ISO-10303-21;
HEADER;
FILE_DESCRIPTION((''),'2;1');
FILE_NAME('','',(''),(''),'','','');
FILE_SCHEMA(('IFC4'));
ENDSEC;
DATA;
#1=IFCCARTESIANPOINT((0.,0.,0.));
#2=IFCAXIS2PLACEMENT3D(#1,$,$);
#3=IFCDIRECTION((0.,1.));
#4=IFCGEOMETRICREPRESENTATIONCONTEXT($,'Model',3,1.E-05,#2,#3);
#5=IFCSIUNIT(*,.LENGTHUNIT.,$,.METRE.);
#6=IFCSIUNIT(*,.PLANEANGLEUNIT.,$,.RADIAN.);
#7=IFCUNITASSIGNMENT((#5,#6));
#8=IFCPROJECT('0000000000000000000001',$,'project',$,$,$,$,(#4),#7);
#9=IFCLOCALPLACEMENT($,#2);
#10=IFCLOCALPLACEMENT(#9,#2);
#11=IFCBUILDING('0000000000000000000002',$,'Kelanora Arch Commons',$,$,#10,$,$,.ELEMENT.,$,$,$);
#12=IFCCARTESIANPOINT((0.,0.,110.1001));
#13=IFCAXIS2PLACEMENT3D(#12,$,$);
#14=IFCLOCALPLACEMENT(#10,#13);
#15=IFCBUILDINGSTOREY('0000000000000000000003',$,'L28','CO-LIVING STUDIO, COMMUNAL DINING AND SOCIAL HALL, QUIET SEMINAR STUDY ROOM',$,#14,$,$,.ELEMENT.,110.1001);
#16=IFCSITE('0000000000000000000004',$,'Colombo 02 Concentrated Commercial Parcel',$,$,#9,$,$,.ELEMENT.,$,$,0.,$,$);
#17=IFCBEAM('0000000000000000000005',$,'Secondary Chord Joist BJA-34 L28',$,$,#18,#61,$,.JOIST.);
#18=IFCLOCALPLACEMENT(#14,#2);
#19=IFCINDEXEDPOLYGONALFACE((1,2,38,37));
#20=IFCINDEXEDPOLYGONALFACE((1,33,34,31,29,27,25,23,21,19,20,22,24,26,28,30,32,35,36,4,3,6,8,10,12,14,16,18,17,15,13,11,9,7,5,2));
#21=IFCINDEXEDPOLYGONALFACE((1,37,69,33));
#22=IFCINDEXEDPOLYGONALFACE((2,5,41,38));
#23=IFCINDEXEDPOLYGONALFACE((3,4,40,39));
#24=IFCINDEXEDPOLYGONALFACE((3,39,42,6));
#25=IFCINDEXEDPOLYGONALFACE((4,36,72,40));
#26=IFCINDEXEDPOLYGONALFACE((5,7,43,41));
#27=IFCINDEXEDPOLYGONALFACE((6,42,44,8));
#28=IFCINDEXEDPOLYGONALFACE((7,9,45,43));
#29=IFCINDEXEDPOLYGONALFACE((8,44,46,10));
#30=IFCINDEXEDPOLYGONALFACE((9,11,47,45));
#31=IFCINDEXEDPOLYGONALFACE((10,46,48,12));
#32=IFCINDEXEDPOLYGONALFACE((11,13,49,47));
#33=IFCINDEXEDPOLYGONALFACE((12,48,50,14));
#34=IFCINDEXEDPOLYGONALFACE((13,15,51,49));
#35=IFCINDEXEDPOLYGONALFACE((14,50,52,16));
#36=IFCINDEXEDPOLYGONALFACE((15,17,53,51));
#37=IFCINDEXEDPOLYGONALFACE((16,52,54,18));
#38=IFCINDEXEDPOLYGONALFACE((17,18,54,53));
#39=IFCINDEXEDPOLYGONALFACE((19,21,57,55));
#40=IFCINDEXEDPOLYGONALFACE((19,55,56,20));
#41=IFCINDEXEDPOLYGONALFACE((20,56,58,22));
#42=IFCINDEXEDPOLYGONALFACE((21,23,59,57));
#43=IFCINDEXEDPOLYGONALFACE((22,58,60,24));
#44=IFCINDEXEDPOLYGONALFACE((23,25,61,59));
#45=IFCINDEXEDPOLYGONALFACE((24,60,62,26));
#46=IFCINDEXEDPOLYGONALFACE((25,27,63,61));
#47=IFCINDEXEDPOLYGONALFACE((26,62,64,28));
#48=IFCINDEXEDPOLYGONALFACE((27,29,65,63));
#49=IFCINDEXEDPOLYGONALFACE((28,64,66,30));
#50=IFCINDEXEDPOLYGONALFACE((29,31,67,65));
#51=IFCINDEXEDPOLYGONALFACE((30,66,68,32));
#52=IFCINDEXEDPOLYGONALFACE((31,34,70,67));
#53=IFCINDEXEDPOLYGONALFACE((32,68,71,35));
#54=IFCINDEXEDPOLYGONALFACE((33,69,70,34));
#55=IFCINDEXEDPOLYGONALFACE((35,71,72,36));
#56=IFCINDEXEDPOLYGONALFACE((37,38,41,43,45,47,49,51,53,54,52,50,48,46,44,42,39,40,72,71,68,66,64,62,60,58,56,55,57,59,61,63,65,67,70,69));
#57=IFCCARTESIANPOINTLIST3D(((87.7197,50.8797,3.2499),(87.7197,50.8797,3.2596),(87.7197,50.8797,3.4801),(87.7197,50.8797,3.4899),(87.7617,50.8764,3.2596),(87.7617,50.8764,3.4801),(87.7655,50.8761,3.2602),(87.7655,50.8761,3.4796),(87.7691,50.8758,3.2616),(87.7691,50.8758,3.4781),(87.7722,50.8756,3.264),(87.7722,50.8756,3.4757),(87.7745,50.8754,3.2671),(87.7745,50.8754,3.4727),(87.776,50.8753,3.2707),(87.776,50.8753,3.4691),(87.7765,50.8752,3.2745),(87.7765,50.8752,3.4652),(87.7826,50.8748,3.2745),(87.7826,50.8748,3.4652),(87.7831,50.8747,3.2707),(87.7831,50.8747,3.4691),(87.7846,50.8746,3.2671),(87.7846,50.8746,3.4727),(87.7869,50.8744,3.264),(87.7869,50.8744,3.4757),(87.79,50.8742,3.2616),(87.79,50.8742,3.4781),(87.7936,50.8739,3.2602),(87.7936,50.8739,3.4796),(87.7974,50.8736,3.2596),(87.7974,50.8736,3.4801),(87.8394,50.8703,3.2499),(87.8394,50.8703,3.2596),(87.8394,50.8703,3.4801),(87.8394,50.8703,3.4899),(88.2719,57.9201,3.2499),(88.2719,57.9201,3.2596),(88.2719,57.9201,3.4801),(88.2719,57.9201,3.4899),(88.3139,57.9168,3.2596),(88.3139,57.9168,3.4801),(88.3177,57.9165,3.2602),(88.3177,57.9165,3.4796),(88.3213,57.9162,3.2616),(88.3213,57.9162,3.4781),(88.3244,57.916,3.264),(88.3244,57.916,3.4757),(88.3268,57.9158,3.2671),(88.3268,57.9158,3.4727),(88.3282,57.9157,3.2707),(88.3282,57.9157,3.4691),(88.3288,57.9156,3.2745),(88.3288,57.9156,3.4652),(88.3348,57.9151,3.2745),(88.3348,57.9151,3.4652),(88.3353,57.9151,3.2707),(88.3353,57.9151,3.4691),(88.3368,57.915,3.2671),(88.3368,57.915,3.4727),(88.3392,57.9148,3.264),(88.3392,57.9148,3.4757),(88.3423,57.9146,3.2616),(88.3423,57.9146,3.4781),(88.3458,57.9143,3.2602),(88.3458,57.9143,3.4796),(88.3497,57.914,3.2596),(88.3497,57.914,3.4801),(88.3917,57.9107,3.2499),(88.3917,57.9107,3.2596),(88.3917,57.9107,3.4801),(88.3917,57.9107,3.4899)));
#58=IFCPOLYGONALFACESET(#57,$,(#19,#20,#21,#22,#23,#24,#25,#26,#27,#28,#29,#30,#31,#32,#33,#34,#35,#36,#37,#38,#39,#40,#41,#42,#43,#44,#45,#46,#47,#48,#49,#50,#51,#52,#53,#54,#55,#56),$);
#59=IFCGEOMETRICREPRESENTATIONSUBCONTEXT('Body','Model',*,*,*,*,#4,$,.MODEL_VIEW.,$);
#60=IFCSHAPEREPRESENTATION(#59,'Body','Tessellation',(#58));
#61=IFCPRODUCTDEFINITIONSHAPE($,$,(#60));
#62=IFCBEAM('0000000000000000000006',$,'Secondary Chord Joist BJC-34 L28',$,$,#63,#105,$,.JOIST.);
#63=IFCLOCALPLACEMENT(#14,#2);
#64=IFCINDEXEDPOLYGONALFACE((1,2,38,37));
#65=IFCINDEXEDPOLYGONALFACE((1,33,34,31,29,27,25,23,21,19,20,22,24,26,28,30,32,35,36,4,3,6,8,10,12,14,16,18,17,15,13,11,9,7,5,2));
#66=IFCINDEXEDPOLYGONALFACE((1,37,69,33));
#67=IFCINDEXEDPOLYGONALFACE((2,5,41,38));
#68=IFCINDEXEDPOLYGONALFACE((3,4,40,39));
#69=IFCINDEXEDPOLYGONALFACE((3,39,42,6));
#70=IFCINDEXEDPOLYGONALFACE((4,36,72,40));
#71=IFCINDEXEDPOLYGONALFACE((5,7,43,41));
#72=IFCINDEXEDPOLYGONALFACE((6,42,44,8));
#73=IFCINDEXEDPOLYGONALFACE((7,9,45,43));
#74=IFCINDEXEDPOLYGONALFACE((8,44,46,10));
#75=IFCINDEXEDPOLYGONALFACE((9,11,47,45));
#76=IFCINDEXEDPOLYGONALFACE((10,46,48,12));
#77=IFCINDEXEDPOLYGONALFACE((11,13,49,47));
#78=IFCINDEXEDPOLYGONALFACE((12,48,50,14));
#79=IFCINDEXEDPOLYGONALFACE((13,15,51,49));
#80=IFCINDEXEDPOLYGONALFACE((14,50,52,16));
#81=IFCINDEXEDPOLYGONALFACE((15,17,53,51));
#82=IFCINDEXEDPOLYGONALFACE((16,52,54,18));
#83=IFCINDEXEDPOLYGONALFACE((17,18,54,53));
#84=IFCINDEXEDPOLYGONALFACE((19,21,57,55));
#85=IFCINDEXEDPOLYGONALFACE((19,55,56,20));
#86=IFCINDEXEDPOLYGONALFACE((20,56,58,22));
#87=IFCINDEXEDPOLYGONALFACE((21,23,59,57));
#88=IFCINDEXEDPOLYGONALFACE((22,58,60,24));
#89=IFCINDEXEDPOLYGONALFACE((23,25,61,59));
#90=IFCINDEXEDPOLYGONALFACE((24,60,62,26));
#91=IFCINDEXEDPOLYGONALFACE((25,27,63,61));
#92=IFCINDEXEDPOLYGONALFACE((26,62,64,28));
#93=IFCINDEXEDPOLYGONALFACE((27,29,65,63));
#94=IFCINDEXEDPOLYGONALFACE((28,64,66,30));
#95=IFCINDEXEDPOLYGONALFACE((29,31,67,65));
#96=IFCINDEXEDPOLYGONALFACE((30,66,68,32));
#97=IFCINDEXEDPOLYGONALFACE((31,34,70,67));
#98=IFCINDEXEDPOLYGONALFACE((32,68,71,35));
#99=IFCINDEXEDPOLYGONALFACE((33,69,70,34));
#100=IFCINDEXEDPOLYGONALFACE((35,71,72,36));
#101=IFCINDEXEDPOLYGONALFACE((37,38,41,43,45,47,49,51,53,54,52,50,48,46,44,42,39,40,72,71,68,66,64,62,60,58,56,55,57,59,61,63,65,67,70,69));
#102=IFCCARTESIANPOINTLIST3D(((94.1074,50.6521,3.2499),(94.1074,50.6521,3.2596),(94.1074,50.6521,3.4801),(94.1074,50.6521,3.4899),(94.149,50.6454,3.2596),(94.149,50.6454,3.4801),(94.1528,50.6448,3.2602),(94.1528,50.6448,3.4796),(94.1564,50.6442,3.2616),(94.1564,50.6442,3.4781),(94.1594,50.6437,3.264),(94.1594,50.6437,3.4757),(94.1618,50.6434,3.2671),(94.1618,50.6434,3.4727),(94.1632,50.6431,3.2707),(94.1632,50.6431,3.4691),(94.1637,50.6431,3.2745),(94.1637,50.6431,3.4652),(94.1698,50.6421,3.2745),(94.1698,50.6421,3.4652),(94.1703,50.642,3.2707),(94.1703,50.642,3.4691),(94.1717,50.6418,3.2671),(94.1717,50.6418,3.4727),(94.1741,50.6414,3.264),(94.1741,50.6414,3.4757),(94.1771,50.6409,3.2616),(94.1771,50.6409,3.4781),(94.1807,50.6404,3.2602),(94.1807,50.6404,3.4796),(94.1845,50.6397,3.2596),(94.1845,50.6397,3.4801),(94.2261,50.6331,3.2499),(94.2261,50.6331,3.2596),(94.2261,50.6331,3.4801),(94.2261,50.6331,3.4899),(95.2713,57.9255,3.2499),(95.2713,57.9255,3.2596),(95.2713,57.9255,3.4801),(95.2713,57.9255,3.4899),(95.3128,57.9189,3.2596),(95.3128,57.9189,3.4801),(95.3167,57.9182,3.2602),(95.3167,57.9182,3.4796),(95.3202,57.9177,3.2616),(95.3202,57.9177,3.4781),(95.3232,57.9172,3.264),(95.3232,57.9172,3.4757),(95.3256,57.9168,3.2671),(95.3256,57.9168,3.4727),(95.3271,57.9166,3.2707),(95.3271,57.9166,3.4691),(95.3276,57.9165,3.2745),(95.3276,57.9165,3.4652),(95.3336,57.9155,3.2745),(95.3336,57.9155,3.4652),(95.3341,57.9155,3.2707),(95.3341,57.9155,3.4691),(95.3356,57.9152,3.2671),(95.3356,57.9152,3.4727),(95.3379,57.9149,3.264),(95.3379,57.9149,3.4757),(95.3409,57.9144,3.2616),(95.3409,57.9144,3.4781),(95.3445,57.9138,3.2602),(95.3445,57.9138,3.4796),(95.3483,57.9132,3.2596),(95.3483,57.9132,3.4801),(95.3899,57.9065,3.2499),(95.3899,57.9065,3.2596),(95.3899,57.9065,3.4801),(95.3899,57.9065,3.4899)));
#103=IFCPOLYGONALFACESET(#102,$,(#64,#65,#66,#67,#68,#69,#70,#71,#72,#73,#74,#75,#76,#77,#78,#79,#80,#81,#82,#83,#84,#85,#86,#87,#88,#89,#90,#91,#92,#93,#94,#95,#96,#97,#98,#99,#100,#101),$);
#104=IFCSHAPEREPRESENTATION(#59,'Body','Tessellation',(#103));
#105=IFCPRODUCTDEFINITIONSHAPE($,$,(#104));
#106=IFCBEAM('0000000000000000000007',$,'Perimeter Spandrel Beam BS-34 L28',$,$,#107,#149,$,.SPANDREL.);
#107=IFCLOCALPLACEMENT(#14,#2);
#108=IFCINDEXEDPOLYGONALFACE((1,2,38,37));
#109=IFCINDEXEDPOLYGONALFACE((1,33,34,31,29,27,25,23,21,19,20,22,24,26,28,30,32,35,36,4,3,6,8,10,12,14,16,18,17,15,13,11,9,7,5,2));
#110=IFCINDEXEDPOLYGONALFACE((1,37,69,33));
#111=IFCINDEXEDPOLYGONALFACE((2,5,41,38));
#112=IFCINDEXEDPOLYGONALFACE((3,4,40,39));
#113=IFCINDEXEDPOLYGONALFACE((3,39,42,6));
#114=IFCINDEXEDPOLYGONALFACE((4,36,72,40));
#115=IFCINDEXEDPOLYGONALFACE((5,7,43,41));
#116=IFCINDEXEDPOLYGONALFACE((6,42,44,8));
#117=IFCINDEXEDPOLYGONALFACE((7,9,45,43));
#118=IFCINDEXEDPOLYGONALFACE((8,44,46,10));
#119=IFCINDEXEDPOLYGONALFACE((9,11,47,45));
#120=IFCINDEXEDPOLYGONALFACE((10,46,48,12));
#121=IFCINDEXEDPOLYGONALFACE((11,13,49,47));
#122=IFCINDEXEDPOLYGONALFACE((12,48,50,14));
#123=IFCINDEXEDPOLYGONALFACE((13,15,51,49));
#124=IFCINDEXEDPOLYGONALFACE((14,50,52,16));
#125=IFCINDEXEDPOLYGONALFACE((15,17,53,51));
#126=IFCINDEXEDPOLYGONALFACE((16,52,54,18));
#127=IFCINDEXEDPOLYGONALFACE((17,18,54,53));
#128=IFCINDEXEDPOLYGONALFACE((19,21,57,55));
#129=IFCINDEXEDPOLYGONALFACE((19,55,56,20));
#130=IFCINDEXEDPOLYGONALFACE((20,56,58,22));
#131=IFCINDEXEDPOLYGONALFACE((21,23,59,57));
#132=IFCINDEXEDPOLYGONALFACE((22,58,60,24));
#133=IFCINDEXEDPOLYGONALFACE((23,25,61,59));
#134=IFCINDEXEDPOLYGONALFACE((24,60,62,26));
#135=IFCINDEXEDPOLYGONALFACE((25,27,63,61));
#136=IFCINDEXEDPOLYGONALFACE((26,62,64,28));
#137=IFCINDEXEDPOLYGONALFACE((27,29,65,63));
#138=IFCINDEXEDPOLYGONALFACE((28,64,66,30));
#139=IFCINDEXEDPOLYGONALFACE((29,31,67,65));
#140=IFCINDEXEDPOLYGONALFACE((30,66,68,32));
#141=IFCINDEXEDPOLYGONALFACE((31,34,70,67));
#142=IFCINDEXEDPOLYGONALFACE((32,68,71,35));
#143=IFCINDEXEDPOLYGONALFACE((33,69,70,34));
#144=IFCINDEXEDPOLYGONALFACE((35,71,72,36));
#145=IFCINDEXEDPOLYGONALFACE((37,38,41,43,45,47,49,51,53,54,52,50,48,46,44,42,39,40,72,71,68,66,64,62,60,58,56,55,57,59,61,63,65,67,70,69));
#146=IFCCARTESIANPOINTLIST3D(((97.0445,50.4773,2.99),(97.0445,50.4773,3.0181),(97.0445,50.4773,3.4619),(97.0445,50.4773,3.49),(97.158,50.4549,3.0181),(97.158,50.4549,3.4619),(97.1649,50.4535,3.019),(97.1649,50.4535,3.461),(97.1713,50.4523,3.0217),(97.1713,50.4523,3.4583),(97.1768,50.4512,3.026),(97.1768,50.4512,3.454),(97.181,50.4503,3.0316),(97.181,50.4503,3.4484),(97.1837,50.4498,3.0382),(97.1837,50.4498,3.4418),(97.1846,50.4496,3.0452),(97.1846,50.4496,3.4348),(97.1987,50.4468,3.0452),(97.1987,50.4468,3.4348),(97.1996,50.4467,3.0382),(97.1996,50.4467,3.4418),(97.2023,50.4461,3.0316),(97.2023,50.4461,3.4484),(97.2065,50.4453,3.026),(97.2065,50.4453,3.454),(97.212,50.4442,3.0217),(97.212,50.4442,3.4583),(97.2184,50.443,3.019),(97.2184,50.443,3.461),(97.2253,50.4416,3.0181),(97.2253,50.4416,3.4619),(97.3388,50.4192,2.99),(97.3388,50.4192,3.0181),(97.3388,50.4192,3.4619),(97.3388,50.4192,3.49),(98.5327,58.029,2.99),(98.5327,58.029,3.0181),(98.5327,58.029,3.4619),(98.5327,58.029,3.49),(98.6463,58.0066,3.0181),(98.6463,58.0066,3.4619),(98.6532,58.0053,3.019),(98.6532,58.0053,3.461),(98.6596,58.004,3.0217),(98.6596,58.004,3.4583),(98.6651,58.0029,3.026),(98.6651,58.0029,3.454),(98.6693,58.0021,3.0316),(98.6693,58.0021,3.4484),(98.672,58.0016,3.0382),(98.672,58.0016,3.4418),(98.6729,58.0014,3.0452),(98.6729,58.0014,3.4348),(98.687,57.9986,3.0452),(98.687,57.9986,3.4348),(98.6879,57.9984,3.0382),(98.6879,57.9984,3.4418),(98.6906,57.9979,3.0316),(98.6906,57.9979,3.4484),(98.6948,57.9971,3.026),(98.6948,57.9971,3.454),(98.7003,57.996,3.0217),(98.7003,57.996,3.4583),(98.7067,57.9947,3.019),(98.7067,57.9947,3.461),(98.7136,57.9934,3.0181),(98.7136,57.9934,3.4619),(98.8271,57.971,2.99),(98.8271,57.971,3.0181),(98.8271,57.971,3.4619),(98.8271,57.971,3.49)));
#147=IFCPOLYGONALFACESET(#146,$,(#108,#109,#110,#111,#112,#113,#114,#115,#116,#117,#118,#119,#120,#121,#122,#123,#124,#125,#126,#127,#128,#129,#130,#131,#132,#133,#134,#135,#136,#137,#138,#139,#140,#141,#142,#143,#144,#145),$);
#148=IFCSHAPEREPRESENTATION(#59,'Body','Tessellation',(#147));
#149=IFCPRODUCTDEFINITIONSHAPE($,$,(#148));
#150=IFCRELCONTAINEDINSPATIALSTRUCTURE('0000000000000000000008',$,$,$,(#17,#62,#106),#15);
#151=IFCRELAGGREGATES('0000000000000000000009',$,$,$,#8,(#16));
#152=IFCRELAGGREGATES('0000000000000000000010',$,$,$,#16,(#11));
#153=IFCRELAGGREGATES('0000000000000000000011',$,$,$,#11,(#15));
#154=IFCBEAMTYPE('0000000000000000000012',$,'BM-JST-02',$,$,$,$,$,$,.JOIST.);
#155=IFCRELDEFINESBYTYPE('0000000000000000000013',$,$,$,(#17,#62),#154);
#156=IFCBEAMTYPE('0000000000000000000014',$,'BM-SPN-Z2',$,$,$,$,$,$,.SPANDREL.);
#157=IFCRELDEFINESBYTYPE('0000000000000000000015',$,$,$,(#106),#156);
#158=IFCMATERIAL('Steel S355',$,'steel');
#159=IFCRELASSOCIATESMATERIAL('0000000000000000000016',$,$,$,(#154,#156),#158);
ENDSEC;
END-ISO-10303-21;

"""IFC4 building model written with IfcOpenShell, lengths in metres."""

from ifc_helpers import new_model, si_unit, direction, frame, origin, origin_2d, place, context, subcontext, project, spatial, i_section, extrude, material, material_profile, profile_set, type_object, element, save


model = new_model("IFC4")

# Units and contexts
model_context = context("Model", 3, precision=1e-05, world=origin(), true_north=direction((0.0, 1.0)))
body_context = subcontext(model_context, "Body", "Model", "MODEL_VIEW")
ifc_project = project(units=[si_unit("LENGTHUNIT", "METRE"), si_unit("PLANEANGLEUNIT", "RADIAN")], contexts=[model_context])

# Site, building, storey
site_placement = place(None, origin())
site = spatial("IfcSite", under=ifc_project, at=site_placement, Name="Colombo 02 Concentrated Commercial Parcel", CompositionType="ELEMENT", RefElevation=0.0)
building_placement = place(site_placement, origin())
building = spatial("IfcBuilding", under=site, at=building_placement, Name="Kelanora Arch Commons", CompositionType="ELEMENT")
storey_placement = place(building_placement, frame((0.0, 0.0, 110.1001)))
storey = spatial("IfcBuildingStorey", under=building, at=storey_placement, Name="L28", Description="CO-LIVING STUDIO, COMMUNAL DINING AND SOCIAL HALL, QUIET SEMINAR STUDY ROOM", CompositionType="ELEMENT", Elevation=110.1001)

# Beams
ifc_material_1 = material(Name="Steel S355", Category="steel")
ifc_material_profile_1 = material_profile(ifc_material_1, i_section(OverallWidth=0.1201, OverallDepth=0.24, WebThickness=0.0061, FlangeThickness=0.0098, FilletRadius=0.0149, at=origin_2d()), Name="IPE240")
ifc_profile_set_1 = profile_set([ifc_material_profile_1], Name="Steel S355")
beam_type_1 = type_object("IfcBeamType", Name="BM-JST-02", PredefinedType="JOIST", material=ifc_profile_set_1)
beam_1_placement = place(storey_placement, frame((87.7795, 50.875, 3.3699), z_axis=(0.078201, 0.996938, 0.0), x_axis=(-0.996938, 0.078201, 0.0)))
element("IfcBeam", 1, at=beam_1_placement, inside=storey, type_object=beam_type_1, Name="Secondary Chord Joist BJA-34 L28", PredefinedType="JOIST", context=body_context, shape_type="SweptSolid", body=[
    extrude(i_section(OverallWidth=0.1201, OverallDepth=0.24, WebThickness=0.0061, FlangeThickness=0.0098, FilletRadius=0.0149, at=origin_2d()), origin(), (0.0, 0.0, 1.0), 7.062),
])
beam_2_placement = place(storey_placement, frame((94.1667, 50.6426, 3.3699), z_axis=(0.158, 0.987439, 0.0), x_axis=(-0.987439, 0.158, 0.0)))
element("IfcBeam", 2, at=beam_2_placement, inside=storey, type_object=beam_type_1, Name="Secondary Chord Joist BJC-34 L28", PredefinedType="JOIST", context=body_context, shape_type="SweptSolid", body=[
    extrude(i_section(OverallWidth=0.1201, OverallDepth=0.24, WebThickness=0.0061, FlangeThickness=0.0098, FilletRadius=0.0149, at=origin_2d()), origin(), (0.0, 0.0, 1.0), 7.366),
])
ifc_material_profile_2 = material_profile(ifc_material_1, i_section(OverallWidth=0.3, OverallDepth=0.5, WebThickness=0.0144, FlangeThickness=0.0281, FilletRadius=0.0271, at=origin_2d()), Name="HEB500")
ifc_profile_set_2 = profile_set([ifc_material_profile_2], Name="Steel S355")
beam_type_2 = type_object("IfcBeamType", Name="BM-SPN-Z2", PredefinedType="SPANDREL", material=ifc_profile_set_2)
beam_3_placement = place(storey_placement, frame((97.1917, 50.4482, 3.24), z_axis=(0.193358, 0.981128, 0.0), x_axis=(-0.981128, 0.193358, 0.0)))
element("IfcBeam", 3, at=beam_3_placement, inside=storey, type_object=beam_type_2, Name="Perimeter Spandrel Beam BS-34 L28", PredefinedType="SPANDREL", context=body_context, shape_type="SweptSolid", body=[
    extrude(i_section(OverallWidth=0.3, OverallDepth=0.5, WebThickness=0.0144, FlangeThickness=0.0281, FilletRadius=0.0271, at=origin_2d()), origin(), (0.0, 0.0, 1.0), 7.697),
])

save(model, "model.ifc")
